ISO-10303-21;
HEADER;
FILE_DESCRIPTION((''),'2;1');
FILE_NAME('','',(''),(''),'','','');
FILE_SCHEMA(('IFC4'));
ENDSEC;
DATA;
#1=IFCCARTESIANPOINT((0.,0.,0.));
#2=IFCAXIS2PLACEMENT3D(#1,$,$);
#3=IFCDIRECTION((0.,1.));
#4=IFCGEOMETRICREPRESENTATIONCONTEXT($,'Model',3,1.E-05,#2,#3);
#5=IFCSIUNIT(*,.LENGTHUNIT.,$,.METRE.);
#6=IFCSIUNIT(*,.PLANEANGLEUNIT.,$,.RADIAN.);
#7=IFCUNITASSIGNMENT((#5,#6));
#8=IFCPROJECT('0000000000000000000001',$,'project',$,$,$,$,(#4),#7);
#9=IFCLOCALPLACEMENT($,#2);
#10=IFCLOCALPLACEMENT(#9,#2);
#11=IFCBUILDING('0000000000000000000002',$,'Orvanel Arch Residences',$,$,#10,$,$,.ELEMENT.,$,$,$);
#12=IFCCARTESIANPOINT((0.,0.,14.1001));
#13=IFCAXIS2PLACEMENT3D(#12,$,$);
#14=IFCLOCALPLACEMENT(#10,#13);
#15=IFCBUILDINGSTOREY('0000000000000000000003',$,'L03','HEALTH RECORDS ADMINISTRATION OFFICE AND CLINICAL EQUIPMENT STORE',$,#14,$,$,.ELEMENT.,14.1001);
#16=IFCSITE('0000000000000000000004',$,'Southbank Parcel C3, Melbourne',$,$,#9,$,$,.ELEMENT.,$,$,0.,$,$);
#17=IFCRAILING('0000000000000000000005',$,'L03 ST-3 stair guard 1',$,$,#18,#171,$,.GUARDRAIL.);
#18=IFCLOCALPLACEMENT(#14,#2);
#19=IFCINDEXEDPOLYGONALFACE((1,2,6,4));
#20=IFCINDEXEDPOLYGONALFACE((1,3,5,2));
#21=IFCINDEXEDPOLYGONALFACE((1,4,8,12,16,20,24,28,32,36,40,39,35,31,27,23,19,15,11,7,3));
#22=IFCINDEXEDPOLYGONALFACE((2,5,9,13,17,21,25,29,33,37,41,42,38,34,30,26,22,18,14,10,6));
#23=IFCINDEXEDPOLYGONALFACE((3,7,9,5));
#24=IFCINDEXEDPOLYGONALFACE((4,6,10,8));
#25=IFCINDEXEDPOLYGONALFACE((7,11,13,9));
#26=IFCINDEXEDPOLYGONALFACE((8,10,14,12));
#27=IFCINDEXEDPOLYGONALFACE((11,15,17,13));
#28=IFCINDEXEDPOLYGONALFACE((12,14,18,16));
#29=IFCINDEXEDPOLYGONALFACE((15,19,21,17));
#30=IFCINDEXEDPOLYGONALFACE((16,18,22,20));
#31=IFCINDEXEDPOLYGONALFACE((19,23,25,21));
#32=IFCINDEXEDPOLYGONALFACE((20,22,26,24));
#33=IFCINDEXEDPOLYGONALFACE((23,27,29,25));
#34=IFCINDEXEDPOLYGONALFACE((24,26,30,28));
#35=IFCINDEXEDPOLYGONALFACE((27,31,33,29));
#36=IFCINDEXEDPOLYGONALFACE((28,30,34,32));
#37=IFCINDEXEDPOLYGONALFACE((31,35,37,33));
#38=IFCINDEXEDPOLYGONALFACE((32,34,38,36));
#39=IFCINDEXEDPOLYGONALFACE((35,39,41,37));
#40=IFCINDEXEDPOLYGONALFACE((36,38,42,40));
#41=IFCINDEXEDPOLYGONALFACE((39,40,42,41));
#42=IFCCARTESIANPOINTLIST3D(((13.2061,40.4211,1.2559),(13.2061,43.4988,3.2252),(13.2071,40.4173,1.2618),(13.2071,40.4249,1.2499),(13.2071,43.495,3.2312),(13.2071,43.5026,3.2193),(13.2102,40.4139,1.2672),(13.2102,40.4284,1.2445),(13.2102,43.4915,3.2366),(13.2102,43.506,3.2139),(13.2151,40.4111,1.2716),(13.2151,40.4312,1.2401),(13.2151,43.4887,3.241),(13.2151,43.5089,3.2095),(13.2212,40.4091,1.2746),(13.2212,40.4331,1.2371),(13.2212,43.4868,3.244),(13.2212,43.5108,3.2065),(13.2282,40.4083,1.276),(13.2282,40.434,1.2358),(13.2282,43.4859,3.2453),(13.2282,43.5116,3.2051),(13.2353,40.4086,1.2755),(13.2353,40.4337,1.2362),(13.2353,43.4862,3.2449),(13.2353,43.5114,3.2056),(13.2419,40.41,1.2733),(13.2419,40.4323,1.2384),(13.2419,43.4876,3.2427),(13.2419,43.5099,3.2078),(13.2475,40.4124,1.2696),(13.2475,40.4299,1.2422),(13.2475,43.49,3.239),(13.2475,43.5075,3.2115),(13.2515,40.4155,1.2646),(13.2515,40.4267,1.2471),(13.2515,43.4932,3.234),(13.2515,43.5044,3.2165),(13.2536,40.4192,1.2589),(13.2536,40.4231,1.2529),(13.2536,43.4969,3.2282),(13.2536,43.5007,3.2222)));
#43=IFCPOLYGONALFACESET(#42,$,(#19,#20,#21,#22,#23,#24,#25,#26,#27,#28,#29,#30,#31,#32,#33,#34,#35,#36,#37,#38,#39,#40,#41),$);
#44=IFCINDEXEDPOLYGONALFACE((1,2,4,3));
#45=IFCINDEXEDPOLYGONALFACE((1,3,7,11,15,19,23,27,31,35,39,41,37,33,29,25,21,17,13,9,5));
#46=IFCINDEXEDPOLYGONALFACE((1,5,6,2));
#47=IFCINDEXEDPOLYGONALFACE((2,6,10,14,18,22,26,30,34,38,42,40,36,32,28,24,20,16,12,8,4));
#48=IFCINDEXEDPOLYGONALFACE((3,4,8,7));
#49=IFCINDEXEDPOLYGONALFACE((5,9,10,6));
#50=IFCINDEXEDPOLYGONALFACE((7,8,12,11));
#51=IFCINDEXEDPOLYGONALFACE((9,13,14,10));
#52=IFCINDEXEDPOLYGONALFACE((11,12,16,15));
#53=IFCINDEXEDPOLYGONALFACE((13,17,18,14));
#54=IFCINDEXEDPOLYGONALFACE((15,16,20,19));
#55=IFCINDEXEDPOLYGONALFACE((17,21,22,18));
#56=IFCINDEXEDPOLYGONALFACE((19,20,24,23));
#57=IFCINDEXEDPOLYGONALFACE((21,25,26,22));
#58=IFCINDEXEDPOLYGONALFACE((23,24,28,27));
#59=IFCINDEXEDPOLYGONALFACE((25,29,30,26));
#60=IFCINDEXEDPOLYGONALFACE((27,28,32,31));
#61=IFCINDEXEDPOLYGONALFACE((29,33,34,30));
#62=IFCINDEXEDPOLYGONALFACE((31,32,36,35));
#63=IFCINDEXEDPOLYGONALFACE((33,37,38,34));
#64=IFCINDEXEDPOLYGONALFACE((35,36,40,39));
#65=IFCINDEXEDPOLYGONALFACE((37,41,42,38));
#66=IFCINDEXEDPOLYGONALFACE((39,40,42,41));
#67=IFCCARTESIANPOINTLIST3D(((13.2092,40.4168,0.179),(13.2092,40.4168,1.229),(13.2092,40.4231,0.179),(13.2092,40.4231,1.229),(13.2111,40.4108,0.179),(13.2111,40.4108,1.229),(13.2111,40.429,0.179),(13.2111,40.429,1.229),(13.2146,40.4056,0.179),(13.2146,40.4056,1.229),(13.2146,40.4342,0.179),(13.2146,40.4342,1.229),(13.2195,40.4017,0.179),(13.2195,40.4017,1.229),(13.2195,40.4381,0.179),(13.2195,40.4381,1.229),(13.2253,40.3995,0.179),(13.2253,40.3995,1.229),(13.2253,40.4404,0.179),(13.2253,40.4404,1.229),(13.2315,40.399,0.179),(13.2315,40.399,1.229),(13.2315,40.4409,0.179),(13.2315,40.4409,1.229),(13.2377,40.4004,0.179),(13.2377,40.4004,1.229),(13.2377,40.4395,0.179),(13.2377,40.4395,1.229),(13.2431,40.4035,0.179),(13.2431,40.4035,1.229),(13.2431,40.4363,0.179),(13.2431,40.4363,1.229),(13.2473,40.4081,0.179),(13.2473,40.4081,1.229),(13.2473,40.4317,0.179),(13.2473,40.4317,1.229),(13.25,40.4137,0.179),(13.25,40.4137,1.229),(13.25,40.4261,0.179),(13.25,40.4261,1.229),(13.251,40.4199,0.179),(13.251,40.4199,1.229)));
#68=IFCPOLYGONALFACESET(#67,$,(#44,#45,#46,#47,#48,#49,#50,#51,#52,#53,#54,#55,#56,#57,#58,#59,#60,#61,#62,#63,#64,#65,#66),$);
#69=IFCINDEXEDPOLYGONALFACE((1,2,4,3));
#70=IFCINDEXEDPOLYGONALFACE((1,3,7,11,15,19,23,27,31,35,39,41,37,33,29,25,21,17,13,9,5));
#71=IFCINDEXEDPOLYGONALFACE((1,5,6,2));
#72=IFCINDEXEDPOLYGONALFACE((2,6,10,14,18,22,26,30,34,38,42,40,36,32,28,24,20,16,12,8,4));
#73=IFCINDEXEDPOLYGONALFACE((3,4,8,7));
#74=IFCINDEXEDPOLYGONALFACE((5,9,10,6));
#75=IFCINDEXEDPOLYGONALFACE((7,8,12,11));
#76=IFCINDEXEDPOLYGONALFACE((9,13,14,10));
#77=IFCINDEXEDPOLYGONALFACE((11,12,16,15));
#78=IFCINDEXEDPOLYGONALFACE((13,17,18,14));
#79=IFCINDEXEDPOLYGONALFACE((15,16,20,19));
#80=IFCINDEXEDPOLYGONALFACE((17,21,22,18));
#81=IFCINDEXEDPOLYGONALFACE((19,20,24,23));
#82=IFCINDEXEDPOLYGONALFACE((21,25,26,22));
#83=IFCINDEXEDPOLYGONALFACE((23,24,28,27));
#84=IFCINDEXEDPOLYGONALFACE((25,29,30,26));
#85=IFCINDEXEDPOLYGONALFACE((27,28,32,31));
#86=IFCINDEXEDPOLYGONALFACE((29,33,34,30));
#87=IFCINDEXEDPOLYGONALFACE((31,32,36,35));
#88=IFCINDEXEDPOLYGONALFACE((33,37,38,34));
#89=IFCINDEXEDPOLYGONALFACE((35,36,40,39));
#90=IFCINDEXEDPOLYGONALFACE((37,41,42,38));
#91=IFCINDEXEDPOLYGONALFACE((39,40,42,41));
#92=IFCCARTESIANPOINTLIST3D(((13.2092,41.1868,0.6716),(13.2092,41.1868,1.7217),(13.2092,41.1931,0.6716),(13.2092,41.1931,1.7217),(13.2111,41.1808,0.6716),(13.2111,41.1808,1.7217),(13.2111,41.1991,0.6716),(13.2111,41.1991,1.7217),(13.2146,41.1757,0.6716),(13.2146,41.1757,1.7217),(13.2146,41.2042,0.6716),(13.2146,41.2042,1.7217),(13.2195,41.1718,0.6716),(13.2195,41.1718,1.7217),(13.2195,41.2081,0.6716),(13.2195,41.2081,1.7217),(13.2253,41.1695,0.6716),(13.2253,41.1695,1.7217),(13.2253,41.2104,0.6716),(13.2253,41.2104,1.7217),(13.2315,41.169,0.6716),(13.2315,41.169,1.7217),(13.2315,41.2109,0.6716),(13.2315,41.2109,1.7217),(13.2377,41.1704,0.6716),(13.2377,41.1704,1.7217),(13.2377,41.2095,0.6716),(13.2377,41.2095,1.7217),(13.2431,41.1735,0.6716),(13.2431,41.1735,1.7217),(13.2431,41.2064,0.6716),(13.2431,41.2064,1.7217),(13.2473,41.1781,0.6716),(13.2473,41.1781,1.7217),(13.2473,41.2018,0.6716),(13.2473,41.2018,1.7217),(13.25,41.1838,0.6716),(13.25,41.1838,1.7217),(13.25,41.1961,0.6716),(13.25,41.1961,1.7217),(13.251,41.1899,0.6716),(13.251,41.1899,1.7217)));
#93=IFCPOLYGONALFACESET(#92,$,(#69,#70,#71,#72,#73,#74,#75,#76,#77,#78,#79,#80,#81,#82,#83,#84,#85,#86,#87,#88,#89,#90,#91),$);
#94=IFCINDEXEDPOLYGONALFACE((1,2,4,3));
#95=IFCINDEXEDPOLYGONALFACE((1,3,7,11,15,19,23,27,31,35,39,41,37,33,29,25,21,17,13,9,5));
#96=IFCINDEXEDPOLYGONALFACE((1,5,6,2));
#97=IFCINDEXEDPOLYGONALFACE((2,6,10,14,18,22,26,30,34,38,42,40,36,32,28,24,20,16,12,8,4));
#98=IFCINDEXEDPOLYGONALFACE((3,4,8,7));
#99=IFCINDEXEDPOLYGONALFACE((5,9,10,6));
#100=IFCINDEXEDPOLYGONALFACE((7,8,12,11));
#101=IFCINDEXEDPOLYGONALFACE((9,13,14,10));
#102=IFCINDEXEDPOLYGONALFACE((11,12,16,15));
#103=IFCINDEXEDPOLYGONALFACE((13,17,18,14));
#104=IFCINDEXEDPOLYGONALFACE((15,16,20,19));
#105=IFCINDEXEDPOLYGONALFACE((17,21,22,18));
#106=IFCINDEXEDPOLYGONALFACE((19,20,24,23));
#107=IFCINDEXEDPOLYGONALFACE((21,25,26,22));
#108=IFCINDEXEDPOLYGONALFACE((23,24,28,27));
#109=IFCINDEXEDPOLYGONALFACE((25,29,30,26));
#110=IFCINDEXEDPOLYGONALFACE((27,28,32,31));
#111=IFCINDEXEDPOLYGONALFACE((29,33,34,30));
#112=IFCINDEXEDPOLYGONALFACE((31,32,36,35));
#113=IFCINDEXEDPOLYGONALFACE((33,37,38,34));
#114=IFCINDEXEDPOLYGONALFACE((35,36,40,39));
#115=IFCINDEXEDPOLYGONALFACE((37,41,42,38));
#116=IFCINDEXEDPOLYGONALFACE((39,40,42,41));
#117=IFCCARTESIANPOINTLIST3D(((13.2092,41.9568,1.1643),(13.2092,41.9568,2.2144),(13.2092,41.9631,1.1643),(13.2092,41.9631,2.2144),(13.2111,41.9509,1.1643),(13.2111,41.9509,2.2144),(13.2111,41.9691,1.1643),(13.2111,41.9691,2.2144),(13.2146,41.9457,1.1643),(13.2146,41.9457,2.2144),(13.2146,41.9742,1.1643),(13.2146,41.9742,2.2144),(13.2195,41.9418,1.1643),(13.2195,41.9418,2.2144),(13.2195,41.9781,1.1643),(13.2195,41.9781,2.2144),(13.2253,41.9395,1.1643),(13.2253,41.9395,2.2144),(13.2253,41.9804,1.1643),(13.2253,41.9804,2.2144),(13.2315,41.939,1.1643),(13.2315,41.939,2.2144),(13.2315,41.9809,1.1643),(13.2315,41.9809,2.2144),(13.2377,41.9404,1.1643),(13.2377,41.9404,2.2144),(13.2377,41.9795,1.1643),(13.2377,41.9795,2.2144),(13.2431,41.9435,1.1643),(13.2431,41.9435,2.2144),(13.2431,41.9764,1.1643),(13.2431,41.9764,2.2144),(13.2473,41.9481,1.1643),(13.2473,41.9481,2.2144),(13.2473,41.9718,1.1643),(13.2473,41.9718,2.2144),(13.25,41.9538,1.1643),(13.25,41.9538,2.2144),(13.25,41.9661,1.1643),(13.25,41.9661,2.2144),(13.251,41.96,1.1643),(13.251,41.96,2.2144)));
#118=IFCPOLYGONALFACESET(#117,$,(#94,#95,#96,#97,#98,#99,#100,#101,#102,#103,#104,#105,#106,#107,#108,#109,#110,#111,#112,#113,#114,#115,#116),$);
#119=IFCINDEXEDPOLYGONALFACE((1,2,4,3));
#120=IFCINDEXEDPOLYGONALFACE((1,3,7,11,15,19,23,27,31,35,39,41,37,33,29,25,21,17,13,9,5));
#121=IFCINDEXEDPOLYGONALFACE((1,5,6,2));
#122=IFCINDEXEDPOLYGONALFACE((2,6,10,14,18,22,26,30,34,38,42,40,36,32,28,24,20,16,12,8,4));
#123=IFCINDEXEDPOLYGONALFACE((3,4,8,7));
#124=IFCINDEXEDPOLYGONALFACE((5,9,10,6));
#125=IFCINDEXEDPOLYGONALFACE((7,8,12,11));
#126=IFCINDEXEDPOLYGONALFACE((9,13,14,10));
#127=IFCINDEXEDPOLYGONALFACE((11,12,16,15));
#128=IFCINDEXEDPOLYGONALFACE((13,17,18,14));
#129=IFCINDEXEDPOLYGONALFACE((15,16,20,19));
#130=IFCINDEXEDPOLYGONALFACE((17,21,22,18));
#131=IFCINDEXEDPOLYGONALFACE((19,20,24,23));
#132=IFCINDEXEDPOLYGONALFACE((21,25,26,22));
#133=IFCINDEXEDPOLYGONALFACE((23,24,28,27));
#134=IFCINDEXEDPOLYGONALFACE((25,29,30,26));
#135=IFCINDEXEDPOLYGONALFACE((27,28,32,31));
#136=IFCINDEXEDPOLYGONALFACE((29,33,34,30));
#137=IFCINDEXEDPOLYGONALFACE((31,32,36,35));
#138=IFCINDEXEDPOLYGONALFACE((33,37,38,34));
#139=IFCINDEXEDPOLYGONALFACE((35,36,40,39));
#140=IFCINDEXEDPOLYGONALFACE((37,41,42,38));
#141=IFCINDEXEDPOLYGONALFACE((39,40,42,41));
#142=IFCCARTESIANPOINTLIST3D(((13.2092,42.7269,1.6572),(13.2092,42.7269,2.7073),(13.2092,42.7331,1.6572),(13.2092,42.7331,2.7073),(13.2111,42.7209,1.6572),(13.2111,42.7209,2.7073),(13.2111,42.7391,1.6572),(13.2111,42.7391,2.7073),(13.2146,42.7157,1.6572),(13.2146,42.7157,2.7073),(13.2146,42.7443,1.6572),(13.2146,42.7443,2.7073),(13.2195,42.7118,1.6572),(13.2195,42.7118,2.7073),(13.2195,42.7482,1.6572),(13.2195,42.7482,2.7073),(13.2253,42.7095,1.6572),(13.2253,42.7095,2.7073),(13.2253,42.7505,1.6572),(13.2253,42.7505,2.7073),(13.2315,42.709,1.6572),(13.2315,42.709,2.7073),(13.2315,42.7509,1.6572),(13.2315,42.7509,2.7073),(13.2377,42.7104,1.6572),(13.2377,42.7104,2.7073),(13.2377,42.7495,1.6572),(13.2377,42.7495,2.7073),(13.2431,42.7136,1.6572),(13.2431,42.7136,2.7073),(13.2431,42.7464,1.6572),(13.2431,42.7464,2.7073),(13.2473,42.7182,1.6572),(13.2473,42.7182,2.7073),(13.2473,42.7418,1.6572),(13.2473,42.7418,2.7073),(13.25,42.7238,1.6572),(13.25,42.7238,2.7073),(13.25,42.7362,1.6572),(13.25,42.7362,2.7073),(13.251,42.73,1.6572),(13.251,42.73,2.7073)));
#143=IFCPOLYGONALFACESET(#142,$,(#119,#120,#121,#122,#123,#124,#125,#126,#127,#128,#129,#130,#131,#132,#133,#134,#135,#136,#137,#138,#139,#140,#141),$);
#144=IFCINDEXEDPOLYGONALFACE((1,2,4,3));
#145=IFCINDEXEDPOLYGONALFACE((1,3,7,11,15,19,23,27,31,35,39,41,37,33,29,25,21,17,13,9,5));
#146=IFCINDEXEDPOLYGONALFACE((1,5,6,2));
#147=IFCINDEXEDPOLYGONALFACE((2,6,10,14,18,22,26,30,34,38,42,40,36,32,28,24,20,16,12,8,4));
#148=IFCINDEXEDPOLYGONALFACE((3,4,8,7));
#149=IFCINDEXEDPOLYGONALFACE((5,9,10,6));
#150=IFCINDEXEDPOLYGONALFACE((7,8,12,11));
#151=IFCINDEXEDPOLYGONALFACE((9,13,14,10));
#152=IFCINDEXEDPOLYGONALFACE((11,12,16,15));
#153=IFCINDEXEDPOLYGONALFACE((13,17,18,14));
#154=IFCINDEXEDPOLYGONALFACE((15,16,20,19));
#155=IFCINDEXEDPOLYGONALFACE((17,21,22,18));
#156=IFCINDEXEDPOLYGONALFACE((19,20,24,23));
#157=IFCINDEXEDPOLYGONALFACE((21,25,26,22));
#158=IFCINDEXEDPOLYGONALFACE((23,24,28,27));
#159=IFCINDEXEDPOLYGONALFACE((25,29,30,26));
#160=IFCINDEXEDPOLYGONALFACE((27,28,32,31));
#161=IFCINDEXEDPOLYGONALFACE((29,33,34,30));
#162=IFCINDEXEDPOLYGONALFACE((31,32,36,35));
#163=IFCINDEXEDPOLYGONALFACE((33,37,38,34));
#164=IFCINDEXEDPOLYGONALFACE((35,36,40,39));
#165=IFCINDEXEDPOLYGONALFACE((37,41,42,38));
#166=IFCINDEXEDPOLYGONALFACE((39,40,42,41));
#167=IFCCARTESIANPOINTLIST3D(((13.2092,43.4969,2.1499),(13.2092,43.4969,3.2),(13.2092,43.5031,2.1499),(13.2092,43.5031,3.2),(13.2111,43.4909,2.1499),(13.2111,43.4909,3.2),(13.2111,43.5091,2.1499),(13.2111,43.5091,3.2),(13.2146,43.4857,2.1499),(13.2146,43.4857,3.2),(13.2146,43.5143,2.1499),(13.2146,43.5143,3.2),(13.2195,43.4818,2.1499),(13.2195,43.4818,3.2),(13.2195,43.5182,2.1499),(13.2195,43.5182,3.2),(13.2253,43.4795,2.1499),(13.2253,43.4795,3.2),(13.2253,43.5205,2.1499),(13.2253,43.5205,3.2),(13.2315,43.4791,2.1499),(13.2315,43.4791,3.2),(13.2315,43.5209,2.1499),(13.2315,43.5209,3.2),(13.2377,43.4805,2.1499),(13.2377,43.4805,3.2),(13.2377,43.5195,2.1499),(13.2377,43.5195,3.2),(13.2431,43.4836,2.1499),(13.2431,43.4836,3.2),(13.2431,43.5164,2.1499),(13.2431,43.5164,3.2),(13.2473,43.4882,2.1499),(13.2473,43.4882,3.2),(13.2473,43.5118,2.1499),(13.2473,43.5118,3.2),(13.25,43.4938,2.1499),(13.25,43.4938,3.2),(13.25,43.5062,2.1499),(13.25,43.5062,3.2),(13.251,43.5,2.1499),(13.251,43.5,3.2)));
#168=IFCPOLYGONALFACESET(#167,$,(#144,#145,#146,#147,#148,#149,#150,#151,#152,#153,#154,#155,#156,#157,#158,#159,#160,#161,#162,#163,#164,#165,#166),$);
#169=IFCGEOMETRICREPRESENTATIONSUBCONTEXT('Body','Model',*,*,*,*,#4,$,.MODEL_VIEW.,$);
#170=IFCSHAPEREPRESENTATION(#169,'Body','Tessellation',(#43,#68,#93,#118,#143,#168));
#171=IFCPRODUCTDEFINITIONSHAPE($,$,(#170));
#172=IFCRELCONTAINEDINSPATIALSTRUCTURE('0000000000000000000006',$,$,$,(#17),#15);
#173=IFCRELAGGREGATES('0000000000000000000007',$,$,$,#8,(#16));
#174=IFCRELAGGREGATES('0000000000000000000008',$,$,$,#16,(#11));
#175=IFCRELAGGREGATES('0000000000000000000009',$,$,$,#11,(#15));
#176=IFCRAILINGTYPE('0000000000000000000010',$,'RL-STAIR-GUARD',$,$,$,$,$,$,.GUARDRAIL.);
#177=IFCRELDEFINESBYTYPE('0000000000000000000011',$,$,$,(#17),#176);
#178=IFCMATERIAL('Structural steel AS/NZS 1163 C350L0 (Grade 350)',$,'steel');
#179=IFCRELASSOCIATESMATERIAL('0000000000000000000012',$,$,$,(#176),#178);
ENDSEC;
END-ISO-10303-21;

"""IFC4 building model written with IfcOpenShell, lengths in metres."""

from ifc_helpers import new_model, si_unit, direction, frame, origin, origin_2d, place, context, subcontext, project, spatial, circle, extrude, material, type_object, element, save


model = new_model("IFC4")

# Units and contexts
model_context = context("Model", 3, precision=1e-05, world=origin(), true_north=direction((0.0, 1.0)))
body_context = subcontext(model_context, "Body", "Model", "MODEL_VIEW")
ifc_project = project(units=[si_unit("LENGTHUNIT", "METRE"), si_unit("PLANEANGLEUNIT", "RADIAN")], contexts=[model_context])

# Site, building, storey
site_placement = place(None, origin())
site = spatial("IfcSite", under=ifc_project, at=site_placement, Name="Southbank Parcel C3, Melbourne", CompositionType="ELEMENT", RefElevation=0.0)
building_placement = place(site_placement, origin())
building = spatial("IfcBuilding", under=site, at=building_placement, Name="Orvanel Arch Residences", CompositionType="ELEMENT")
storey_placement = place(building_placement, frame((0.0, 0.0, 14.1001)))
storey = spatial("IfcBuildingStorey", under=building, at=storey_placement, Name="L03", Description="HEALTH RECORDS ADMINISTRATION OFFICE AND CLINICAL EQUIPMENT STORE", CompositionType="ELEMENT", Elevation=14.1001)

# Railing
ifc_material_1 = material(Name="Structural steel AS/NZS 1163 C350L0 (Grade 350)", Category="steel")
railing_type_1 = type_object("IfcRailingType", Name="RL-STAIR-GUARD", PredefinedType="GUARDRAIL", material=ifc_material_1)
railing_1_placement = place(storey_placement, frame((13.23, 40.4199, 0.179)))
element("IfcRailing", 1, at=railing_1_placement, inside=storey, type_object=railing_type_1, Name="L03 ST-3 stair guard 1", PredefinedType="GUARDRAIL", context=body_context, shape_type="SweptSolid", body=[
    extrude(circle(Radius=0.0239, at=origin_2d()), frame((0.0, 0.0012, 1.0769), z_axis=(0.0, 0.842309, 0.538995), x_axis=(-1.0, 0.0, 0.0)), (0.0, 0.0, 1.0), 3.6538),
    extrude(circle(Radius=0.021, at=origin_2d()), origin(), (0.0, 0.0, 1.0), 1.05),
    extrude(circle(Radius=0.021, at=origin_2d()), frame((0.0, 0.77, 0.4927)), (0.0, 0.0, 1.0), 1.05),
    extrude(circle(Radius=0.021, at=origin_2d()), frame((0.0, 1.54, 0.9854)), (0.0, 0.0, 1.0), 1.05),
    extrude(circle(Radius=0.021, at=origin_2d()), frame((0.0, 2.3101, 1.4783)), (0.0, 0.0, 1.0), 1.05),
    extrude(circle(Radius=0.021, at=origin_2d()), frame((0.0, 3.0801, 1.9709)), (0.0, 0.0, 1.0), 1.05),
])

save(model, "model.ifc")
